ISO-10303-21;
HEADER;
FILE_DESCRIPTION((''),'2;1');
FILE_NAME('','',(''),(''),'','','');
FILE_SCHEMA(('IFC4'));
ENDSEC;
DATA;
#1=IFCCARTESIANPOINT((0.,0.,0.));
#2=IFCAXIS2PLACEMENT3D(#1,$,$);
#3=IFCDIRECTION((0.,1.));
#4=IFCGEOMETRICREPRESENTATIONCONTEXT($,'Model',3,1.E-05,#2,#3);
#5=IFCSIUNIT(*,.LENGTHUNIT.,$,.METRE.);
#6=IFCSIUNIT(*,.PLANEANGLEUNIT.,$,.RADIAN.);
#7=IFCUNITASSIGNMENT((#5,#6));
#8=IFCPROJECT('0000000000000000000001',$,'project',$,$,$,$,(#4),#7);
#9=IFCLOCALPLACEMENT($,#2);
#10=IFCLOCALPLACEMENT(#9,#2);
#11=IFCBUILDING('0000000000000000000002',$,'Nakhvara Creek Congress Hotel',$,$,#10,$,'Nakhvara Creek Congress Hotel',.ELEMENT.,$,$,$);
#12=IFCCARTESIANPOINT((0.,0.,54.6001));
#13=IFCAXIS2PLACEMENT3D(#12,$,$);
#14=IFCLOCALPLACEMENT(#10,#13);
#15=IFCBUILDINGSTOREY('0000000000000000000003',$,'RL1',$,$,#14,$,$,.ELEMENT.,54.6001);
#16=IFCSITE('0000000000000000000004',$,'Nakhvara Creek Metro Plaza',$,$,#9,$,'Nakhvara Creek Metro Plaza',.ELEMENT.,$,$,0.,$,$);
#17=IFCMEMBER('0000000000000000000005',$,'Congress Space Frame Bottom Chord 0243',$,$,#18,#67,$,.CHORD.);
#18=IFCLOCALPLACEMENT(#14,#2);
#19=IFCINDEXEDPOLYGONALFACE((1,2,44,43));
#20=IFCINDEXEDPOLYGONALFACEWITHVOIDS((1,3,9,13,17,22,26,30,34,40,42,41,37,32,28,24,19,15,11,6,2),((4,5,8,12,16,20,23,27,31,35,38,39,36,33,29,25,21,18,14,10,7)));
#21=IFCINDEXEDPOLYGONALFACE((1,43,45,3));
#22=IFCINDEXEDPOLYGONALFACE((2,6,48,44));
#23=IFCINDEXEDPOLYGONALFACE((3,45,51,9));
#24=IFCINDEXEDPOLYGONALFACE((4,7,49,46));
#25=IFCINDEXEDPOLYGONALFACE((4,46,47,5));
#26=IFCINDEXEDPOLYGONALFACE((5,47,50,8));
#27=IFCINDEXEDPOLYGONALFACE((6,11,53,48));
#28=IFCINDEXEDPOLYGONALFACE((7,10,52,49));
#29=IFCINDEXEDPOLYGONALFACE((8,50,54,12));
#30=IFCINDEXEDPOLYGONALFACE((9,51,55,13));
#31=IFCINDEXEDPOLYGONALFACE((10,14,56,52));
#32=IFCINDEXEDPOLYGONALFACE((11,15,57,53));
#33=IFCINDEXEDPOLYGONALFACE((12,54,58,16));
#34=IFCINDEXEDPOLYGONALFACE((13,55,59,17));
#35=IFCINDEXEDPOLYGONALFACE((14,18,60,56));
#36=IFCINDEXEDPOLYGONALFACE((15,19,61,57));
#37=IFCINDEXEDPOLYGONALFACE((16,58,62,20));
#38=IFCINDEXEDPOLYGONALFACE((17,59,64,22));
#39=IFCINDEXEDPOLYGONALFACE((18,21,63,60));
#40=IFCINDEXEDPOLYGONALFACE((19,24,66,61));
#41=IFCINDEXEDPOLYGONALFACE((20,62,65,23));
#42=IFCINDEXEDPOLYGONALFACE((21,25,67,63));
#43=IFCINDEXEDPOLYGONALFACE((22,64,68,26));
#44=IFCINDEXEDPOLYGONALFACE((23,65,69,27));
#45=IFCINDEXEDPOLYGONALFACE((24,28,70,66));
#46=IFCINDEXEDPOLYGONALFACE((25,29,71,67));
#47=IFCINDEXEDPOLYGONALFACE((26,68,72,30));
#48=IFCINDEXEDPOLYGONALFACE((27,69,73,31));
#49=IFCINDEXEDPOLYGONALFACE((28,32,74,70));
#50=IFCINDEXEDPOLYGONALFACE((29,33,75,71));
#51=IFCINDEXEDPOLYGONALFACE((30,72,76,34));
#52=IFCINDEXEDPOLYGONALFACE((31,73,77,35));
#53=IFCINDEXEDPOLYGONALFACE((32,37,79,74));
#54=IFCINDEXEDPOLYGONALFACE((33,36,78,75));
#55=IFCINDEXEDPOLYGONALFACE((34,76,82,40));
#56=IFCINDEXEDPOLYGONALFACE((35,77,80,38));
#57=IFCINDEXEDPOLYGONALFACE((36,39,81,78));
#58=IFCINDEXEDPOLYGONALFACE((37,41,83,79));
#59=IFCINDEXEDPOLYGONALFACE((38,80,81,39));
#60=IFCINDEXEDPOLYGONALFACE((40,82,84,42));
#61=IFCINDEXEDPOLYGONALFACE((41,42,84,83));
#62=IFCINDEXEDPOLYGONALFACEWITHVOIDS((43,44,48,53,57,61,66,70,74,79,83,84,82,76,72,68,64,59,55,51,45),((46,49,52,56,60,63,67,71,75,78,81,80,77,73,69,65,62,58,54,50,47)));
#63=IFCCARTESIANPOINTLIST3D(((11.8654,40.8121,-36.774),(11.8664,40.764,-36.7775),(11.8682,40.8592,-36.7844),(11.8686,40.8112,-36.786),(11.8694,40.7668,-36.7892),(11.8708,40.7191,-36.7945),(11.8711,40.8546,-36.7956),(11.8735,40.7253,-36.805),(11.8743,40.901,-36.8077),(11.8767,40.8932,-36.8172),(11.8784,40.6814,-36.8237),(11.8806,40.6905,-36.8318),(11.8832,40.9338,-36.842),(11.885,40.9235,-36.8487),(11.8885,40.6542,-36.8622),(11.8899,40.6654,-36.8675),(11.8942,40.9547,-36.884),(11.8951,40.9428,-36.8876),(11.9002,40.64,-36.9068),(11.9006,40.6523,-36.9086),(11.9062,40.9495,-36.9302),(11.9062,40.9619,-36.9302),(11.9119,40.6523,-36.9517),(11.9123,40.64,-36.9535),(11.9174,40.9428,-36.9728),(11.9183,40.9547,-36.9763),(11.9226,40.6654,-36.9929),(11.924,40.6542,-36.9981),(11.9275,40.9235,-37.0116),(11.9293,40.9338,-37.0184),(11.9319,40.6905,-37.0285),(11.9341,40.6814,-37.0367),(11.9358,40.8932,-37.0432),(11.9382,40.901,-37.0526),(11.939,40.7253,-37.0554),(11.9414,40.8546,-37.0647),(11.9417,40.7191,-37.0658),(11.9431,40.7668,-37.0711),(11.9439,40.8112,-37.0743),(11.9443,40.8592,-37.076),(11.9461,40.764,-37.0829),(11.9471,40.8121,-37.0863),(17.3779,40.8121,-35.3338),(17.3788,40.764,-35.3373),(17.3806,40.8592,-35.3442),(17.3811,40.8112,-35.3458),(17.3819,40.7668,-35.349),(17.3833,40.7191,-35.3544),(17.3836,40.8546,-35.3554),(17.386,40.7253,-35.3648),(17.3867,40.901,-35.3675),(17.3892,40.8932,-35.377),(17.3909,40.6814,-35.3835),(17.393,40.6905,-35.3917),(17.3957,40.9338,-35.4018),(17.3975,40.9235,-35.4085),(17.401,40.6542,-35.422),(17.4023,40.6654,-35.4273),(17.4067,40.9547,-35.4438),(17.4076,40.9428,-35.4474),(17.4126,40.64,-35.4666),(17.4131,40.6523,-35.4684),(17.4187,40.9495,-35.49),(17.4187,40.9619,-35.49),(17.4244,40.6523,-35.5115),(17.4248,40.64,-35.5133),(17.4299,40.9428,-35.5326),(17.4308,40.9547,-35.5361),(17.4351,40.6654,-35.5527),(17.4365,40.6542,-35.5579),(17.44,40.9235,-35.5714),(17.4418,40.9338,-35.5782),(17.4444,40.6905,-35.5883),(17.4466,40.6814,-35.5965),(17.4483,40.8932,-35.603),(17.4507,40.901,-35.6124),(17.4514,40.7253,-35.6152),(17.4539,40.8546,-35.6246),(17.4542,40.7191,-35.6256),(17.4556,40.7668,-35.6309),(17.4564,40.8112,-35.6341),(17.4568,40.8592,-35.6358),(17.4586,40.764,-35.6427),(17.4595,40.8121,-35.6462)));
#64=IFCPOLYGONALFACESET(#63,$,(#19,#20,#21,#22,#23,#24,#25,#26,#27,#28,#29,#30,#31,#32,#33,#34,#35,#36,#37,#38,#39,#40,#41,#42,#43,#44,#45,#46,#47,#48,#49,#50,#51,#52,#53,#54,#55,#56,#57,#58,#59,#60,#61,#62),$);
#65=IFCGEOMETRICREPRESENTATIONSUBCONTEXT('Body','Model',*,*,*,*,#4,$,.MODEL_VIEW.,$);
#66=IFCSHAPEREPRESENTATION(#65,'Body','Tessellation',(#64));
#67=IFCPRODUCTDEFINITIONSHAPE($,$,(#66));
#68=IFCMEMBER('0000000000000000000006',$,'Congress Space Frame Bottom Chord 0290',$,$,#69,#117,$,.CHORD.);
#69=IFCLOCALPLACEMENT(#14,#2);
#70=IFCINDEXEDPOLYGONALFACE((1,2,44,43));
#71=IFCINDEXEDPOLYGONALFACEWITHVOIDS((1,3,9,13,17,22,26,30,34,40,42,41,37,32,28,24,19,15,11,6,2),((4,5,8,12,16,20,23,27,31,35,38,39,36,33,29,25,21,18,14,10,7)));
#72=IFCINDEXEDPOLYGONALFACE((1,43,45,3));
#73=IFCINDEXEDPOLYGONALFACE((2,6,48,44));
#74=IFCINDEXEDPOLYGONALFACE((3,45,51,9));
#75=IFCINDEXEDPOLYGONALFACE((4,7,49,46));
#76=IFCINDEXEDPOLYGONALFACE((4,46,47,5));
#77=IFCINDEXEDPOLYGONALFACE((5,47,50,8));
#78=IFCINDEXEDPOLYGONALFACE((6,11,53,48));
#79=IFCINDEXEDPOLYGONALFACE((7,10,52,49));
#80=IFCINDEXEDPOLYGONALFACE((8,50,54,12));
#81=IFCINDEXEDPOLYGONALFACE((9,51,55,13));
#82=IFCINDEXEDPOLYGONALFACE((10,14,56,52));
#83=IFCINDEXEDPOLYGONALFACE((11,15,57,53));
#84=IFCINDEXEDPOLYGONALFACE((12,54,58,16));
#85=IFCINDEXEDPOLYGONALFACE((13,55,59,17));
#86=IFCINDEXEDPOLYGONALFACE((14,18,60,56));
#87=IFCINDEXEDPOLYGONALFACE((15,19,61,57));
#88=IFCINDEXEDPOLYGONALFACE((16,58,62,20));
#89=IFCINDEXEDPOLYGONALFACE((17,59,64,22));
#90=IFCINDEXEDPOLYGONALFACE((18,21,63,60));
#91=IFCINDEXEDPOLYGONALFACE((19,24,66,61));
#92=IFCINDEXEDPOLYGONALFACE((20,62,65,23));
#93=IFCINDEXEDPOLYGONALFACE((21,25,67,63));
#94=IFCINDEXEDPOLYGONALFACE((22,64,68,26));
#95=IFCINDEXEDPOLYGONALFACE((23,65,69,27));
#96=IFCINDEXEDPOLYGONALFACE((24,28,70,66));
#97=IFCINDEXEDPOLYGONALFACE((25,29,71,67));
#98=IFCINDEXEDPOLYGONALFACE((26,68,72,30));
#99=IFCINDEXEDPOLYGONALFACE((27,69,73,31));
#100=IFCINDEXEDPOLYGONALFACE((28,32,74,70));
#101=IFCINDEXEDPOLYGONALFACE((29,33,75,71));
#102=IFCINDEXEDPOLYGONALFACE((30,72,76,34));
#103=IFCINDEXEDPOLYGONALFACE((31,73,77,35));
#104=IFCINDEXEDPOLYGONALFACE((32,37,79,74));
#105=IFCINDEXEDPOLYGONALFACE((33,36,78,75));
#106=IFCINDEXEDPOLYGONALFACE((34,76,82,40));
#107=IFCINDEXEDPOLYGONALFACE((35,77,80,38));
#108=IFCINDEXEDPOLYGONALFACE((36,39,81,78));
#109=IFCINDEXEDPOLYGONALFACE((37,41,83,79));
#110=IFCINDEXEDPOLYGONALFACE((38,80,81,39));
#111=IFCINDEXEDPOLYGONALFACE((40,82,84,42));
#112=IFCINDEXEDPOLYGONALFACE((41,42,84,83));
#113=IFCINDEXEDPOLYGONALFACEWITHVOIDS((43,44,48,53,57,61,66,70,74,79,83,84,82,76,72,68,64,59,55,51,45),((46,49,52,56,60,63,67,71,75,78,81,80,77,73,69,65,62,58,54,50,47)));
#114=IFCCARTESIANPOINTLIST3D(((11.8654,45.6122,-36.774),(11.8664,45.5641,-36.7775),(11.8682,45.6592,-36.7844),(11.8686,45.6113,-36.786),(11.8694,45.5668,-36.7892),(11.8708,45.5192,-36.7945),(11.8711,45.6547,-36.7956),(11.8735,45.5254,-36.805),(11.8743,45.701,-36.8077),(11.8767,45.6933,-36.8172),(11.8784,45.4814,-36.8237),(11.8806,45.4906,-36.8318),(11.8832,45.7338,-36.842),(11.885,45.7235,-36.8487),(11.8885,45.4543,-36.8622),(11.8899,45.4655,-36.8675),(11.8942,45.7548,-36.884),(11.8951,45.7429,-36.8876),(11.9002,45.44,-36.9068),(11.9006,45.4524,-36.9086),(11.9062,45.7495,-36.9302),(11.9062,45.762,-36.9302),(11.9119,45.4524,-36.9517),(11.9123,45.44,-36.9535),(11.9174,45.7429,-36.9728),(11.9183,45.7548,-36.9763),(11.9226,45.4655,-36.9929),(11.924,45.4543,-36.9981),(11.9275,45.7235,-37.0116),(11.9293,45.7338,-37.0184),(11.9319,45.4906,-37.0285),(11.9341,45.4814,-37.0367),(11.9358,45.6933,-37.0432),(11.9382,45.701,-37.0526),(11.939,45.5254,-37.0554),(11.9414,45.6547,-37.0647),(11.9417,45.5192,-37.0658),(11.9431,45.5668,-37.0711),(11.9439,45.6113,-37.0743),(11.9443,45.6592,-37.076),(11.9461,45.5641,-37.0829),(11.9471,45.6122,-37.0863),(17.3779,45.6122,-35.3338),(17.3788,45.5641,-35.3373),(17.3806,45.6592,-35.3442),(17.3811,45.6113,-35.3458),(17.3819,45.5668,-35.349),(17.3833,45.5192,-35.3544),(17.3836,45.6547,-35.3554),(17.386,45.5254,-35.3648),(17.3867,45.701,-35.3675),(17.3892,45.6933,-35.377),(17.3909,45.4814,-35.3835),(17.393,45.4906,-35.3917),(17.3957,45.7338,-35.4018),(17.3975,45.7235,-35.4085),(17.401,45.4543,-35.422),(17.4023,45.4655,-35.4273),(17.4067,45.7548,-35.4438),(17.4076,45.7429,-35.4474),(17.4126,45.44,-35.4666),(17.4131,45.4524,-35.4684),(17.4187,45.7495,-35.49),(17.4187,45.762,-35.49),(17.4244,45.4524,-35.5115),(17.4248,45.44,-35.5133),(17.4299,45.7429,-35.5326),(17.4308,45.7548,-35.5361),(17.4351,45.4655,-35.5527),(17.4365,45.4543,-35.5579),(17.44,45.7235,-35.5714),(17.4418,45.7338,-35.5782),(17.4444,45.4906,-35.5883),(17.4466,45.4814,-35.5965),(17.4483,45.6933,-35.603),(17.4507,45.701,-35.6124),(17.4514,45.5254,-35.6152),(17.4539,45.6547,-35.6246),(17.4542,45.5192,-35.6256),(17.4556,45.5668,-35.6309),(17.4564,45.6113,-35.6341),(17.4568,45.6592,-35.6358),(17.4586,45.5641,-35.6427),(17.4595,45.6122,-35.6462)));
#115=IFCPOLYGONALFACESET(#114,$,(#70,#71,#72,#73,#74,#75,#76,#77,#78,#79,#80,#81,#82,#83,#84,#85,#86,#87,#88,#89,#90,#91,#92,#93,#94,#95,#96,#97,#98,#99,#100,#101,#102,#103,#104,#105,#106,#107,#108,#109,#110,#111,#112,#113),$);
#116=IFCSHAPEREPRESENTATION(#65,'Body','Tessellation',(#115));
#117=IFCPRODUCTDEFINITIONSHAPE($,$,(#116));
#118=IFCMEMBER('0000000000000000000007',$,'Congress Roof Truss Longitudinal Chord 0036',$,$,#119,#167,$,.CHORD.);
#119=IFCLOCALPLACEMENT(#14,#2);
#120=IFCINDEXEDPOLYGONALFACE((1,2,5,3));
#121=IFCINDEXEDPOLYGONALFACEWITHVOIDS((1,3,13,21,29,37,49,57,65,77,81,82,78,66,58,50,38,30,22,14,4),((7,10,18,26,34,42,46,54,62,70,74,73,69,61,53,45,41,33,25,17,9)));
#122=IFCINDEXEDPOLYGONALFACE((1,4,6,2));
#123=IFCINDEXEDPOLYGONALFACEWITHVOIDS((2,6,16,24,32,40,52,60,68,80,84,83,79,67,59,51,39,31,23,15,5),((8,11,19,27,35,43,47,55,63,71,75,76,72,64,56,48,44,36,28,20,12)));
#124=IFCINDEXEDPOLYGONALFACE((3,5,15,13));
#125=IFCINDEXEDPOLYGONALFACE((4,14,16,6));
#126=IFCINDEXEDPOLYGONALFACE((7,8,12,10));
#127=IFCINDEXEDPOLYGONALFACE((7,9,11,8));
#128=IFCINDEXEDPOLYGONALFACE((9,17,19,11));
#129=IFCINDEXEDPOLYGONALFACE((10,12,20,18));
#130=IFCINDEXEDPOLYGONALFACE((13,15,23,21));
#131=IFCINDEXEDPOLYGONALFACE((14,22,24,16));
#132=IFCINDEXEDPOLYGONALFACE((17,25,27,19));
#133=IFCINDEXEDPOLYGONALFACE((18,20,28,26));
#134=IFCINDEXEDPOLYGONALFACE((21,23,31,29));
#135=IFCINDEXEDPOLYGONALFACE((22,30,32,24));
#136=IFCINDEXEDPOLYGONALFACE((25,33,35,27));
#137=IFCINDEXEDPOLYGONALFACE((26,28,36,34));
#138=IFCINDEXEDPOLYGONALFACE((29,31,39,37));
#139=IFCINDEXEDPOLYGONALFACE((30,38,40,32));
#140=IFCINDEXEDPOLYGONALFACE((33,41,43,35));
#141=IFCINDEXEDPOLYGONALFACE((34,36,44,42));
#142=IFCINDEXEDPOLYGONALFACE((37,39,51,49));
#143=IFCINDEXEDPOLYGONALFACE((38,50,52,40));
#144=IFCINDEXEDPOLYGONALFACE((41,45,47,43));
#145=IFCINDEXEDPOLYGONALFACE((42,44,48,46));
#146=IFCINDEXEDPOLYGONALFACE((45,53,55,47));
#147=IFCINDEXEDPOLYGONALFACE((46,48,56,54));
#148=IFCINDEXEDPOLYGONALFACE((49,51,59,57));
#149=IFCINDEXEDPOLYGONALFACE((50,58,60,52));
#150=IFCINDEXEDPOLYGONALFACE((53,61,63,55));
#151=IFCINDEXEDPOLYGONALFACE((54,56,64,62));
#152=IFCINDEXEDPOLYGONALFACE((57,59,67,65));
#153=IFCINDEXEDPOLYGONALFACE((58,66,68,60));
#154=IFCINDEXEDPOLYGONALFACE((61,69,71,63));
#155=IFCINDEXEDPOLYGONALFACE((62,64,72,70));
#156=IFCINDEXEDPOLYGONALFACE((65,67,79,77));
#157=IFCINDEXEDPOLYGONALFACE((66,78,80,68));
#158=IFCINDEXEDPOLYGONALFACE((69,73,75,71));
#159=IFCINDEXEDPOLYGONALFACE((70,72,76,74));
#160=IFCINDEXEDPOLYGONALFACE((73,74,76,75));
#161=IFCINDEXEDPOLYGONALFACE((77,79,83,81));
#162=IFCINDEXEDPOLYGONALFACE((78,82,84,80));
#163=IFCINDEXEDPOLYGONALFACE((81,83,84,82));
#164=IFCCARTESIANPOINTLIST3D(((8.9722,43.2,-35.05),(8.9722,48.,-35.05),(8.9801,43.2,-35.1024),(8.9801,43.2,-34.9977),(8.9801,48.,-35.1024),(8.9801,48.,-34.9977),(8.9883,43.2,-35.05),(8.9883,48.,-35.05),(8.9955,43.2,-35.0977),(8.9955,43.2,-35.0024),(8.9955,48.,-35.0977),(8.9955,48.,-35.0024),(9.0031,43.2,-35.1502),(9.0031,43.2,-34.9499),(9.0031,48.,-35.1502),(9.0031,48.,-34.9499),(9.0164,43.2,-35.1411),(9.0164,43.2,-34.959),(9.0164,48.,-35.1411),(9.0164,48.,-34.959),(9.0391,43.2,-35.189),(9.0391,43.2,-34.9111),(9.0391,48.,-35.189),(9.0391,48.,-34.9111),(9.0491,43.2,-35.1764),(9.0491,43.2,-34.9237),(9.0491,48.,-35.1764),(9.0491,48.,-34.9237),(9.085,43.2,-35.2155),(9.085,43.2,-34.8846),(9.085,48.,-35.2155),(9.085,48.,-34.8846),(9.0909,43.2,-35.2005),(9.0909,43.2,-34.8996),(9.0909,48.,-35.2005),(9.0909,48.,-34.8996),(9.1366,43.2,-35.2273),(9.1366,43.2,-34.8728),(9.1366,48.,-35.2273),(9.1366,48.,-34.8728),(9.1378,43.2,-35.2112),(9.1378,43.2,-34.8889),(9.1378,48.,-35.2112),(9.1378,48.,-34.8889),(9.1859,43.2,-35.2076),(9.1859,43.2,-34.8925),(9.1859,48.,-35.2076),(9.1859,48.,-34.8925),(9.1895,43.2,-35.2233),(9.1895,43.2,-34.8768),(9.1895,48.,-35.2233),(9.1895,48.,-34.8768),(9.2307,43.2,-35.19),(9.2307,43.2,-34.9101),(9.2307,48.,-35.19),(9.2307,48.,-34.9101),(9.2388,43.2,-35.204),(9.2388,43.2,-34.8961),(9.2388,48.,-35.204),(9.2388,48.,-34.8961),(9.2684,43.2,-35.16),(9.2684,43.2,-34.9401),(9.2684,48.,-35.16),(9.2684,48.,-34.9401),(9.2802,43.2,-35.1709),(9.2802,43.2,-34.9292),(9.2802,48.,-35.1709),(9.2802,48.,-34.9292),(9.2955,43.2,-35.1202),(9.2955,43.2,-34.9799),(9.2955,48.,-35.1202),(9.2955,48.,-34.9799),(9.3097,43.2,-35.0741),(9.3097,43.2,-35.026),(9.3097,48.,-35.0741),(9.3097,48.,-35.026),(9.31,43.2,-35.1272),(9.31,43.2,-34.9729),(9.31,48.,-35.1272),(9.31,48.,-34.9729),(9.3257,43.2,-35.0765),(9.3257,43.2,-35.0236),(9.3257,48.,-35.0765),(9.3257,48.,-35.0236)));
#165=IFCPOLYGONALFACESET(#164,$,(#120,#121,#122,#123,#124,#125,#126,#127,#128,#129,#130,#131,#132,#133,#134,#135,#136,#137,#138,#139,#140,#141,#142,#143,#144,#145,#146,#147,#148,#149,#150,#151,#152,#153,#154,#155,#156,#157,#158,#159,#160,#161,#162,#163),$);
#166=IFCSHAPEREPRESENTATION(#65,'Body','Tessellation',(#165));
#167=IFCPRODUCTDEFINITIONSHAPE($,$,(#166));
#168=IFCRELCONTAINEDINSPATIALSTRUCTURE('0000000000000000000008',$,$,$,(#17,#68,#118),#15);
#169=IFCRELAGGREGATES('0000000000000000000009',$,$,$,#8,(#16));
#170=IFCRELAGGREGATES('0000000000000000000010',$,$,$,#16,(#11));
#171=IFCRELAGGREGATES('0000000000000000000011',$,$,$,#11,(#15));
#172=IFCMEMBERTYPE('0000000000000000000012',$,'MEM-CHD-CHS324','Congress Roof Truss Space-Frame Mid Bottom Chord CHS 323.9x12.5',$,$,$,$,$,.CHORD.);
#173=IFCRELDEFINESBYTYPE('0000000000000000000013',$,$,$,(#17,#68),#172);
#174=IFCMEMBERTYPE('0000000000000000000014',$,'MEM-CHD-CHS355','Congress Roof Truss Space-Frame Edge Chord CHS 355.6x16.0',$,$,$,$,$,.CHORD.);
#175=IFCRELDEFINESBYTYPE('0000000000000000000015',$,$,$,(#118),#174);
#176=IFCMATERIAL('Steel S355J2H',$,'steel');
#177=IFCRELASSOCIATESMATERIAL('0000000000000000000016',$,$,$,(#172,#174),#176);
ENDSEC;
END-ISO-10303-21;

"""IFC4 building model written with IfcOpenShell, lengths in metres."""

from ifc_helpers import new_model, si_unit, direction, frame, origin, origin_2d, place, context, subcontext, project, spatial, hollow_circle, extrude, material, material_profile, profile_set, type_object, element, save


model = new_model("IFC4")

# Units and contexts
model_context = context("Model", 3, precision=1e-05, world=origin(), true_north=direction((0.0, 1.0)))
body_context = subcontext(model_context, "Body", "Model", "MODEL_VIEW")
ifc_project = project(units=[si_unit("LENGTHUNIT", "METRE"), si_unit("PLANEANGLEUNIT", "RADIAN")], contexts=[model_context])

# Site, building, storey
site_placement = place(None, origin())
site = spatial("IfcSite", under=ifc_project, at=site_placement, Name="Nakhvara Creek Metro Plaza", LongName="Nakhvara Creek Metro Plaza", CompositionType="ELEMENT", RefElevation=0.0)
building_placement = place(site_placement, origin())
building = spatial("IfcBuilding", under=site, at=building_placement, Name="Nakhvara Creek Congress Hotel", LongName="Nakhvara Creek Congress Hotel", CompositionType="ELEMENT")
storey_placement = place(building_placement, frame((0.0, 0.0, 54.6001)))
storey = spatial("IfcBuildingStorey", under=building, at=storey_placement, Name="RL1", CompositionType="ELEMENT", Elevation=54.6001)

# Members
ifc_material_1 = material(Name="Steel S355J2H", Category="steel")
ifc_material_profile_1 = material_profile(ifc_material_1, hollow_circle(Radius=0.1619, WallThickness=0.0125, at=origin_2d()), Name="CHS 323.9x12.5", Category="LoadBearing")
ifc_profile_set_1 = profile_set([ifc_material_profile_1], Name="Steel S355J2H")
member_type_1 = type_object("IfcMemberType", Name="MEM-CHD-CHS324", Description="Congress Roof Truss Space-Frame Mid Bottom Chord CHS 323.9x12.5", PredefinedType="CHORD", material=ifc_profile_set_1)
for number, where, z_axis, x_axis, name in (
    (1, (11.9062, 40.8, -36.9302), (0.967525, 0.0, 0.252776), (0.0, 1.0, 0.0), "Congress Space Frame Bottom Chord 0243"),
    (2, (11.9062, 45.6001, -36.9302), (0.967525, 0.0, 0.252776), (0.0, 1.0, 0.0), "Congress Space Frame Bottom Chord 0290"),
):
    element("IfcMember", number, at=place(storey_placement, frame(where, z_axis=z_axis, x_axis=x_axis)), inside=storey, type_object=member_type_1, Name=name, PredefinedType="CHORD", context=body_context, shape_type="SweptSolid", body=[
        extrude(hollow_circle(Radius=0.1619, WallThickness=0.0125, at=origin_2d()), origin(), (0.0, 0.0, 1.0), 5.6975),
    ])
ifc_material_profile_2 = material_profile(ifc_material_1, hollow_circle(Radius=0.1777, WallThickness=0.0161, at=origin_2d()), Name="CHS 355.6x16.0", Category="LoadBearing")
ifc_profile_set_2 = profile_set([ifc_material_profile_2], Name="Steel S355J2H")
member_type_2 = type_object("IfcMemberType", Name="MEM-CHD-CHS355", Description="Congress Roof Truss Space-Frame Edge Chord CHS 355.6x16.0", PredefinedType="CHORD", material=ifc_profile_set_2)
for number, where, z_axis, x_axis, name in (
    (3, (9.1499, 43.2, -35.05), (0.0, 1.0, 0.0), (-1.0, 0.0, 0.0), "Congress Roof Truss Longitudinal Chord 0036"),
):
    element("IfcMember", number, at=place(storey_placement, frame(where, z_axis=z_axis, x_axis=x_axis)), inside=storey, type_object=member_type_2, Name=name, PredefinedType="CHORD", context=body_context, shape_type="SweptSolid", body=[
        extrude(hollow_circle(Radius=0.1777, WallThickness=0.0161, at=origin_2d()), origin(), (0.0, 0.0, 1.0), 4.8),
    ])

save(model, "model.ifc")
